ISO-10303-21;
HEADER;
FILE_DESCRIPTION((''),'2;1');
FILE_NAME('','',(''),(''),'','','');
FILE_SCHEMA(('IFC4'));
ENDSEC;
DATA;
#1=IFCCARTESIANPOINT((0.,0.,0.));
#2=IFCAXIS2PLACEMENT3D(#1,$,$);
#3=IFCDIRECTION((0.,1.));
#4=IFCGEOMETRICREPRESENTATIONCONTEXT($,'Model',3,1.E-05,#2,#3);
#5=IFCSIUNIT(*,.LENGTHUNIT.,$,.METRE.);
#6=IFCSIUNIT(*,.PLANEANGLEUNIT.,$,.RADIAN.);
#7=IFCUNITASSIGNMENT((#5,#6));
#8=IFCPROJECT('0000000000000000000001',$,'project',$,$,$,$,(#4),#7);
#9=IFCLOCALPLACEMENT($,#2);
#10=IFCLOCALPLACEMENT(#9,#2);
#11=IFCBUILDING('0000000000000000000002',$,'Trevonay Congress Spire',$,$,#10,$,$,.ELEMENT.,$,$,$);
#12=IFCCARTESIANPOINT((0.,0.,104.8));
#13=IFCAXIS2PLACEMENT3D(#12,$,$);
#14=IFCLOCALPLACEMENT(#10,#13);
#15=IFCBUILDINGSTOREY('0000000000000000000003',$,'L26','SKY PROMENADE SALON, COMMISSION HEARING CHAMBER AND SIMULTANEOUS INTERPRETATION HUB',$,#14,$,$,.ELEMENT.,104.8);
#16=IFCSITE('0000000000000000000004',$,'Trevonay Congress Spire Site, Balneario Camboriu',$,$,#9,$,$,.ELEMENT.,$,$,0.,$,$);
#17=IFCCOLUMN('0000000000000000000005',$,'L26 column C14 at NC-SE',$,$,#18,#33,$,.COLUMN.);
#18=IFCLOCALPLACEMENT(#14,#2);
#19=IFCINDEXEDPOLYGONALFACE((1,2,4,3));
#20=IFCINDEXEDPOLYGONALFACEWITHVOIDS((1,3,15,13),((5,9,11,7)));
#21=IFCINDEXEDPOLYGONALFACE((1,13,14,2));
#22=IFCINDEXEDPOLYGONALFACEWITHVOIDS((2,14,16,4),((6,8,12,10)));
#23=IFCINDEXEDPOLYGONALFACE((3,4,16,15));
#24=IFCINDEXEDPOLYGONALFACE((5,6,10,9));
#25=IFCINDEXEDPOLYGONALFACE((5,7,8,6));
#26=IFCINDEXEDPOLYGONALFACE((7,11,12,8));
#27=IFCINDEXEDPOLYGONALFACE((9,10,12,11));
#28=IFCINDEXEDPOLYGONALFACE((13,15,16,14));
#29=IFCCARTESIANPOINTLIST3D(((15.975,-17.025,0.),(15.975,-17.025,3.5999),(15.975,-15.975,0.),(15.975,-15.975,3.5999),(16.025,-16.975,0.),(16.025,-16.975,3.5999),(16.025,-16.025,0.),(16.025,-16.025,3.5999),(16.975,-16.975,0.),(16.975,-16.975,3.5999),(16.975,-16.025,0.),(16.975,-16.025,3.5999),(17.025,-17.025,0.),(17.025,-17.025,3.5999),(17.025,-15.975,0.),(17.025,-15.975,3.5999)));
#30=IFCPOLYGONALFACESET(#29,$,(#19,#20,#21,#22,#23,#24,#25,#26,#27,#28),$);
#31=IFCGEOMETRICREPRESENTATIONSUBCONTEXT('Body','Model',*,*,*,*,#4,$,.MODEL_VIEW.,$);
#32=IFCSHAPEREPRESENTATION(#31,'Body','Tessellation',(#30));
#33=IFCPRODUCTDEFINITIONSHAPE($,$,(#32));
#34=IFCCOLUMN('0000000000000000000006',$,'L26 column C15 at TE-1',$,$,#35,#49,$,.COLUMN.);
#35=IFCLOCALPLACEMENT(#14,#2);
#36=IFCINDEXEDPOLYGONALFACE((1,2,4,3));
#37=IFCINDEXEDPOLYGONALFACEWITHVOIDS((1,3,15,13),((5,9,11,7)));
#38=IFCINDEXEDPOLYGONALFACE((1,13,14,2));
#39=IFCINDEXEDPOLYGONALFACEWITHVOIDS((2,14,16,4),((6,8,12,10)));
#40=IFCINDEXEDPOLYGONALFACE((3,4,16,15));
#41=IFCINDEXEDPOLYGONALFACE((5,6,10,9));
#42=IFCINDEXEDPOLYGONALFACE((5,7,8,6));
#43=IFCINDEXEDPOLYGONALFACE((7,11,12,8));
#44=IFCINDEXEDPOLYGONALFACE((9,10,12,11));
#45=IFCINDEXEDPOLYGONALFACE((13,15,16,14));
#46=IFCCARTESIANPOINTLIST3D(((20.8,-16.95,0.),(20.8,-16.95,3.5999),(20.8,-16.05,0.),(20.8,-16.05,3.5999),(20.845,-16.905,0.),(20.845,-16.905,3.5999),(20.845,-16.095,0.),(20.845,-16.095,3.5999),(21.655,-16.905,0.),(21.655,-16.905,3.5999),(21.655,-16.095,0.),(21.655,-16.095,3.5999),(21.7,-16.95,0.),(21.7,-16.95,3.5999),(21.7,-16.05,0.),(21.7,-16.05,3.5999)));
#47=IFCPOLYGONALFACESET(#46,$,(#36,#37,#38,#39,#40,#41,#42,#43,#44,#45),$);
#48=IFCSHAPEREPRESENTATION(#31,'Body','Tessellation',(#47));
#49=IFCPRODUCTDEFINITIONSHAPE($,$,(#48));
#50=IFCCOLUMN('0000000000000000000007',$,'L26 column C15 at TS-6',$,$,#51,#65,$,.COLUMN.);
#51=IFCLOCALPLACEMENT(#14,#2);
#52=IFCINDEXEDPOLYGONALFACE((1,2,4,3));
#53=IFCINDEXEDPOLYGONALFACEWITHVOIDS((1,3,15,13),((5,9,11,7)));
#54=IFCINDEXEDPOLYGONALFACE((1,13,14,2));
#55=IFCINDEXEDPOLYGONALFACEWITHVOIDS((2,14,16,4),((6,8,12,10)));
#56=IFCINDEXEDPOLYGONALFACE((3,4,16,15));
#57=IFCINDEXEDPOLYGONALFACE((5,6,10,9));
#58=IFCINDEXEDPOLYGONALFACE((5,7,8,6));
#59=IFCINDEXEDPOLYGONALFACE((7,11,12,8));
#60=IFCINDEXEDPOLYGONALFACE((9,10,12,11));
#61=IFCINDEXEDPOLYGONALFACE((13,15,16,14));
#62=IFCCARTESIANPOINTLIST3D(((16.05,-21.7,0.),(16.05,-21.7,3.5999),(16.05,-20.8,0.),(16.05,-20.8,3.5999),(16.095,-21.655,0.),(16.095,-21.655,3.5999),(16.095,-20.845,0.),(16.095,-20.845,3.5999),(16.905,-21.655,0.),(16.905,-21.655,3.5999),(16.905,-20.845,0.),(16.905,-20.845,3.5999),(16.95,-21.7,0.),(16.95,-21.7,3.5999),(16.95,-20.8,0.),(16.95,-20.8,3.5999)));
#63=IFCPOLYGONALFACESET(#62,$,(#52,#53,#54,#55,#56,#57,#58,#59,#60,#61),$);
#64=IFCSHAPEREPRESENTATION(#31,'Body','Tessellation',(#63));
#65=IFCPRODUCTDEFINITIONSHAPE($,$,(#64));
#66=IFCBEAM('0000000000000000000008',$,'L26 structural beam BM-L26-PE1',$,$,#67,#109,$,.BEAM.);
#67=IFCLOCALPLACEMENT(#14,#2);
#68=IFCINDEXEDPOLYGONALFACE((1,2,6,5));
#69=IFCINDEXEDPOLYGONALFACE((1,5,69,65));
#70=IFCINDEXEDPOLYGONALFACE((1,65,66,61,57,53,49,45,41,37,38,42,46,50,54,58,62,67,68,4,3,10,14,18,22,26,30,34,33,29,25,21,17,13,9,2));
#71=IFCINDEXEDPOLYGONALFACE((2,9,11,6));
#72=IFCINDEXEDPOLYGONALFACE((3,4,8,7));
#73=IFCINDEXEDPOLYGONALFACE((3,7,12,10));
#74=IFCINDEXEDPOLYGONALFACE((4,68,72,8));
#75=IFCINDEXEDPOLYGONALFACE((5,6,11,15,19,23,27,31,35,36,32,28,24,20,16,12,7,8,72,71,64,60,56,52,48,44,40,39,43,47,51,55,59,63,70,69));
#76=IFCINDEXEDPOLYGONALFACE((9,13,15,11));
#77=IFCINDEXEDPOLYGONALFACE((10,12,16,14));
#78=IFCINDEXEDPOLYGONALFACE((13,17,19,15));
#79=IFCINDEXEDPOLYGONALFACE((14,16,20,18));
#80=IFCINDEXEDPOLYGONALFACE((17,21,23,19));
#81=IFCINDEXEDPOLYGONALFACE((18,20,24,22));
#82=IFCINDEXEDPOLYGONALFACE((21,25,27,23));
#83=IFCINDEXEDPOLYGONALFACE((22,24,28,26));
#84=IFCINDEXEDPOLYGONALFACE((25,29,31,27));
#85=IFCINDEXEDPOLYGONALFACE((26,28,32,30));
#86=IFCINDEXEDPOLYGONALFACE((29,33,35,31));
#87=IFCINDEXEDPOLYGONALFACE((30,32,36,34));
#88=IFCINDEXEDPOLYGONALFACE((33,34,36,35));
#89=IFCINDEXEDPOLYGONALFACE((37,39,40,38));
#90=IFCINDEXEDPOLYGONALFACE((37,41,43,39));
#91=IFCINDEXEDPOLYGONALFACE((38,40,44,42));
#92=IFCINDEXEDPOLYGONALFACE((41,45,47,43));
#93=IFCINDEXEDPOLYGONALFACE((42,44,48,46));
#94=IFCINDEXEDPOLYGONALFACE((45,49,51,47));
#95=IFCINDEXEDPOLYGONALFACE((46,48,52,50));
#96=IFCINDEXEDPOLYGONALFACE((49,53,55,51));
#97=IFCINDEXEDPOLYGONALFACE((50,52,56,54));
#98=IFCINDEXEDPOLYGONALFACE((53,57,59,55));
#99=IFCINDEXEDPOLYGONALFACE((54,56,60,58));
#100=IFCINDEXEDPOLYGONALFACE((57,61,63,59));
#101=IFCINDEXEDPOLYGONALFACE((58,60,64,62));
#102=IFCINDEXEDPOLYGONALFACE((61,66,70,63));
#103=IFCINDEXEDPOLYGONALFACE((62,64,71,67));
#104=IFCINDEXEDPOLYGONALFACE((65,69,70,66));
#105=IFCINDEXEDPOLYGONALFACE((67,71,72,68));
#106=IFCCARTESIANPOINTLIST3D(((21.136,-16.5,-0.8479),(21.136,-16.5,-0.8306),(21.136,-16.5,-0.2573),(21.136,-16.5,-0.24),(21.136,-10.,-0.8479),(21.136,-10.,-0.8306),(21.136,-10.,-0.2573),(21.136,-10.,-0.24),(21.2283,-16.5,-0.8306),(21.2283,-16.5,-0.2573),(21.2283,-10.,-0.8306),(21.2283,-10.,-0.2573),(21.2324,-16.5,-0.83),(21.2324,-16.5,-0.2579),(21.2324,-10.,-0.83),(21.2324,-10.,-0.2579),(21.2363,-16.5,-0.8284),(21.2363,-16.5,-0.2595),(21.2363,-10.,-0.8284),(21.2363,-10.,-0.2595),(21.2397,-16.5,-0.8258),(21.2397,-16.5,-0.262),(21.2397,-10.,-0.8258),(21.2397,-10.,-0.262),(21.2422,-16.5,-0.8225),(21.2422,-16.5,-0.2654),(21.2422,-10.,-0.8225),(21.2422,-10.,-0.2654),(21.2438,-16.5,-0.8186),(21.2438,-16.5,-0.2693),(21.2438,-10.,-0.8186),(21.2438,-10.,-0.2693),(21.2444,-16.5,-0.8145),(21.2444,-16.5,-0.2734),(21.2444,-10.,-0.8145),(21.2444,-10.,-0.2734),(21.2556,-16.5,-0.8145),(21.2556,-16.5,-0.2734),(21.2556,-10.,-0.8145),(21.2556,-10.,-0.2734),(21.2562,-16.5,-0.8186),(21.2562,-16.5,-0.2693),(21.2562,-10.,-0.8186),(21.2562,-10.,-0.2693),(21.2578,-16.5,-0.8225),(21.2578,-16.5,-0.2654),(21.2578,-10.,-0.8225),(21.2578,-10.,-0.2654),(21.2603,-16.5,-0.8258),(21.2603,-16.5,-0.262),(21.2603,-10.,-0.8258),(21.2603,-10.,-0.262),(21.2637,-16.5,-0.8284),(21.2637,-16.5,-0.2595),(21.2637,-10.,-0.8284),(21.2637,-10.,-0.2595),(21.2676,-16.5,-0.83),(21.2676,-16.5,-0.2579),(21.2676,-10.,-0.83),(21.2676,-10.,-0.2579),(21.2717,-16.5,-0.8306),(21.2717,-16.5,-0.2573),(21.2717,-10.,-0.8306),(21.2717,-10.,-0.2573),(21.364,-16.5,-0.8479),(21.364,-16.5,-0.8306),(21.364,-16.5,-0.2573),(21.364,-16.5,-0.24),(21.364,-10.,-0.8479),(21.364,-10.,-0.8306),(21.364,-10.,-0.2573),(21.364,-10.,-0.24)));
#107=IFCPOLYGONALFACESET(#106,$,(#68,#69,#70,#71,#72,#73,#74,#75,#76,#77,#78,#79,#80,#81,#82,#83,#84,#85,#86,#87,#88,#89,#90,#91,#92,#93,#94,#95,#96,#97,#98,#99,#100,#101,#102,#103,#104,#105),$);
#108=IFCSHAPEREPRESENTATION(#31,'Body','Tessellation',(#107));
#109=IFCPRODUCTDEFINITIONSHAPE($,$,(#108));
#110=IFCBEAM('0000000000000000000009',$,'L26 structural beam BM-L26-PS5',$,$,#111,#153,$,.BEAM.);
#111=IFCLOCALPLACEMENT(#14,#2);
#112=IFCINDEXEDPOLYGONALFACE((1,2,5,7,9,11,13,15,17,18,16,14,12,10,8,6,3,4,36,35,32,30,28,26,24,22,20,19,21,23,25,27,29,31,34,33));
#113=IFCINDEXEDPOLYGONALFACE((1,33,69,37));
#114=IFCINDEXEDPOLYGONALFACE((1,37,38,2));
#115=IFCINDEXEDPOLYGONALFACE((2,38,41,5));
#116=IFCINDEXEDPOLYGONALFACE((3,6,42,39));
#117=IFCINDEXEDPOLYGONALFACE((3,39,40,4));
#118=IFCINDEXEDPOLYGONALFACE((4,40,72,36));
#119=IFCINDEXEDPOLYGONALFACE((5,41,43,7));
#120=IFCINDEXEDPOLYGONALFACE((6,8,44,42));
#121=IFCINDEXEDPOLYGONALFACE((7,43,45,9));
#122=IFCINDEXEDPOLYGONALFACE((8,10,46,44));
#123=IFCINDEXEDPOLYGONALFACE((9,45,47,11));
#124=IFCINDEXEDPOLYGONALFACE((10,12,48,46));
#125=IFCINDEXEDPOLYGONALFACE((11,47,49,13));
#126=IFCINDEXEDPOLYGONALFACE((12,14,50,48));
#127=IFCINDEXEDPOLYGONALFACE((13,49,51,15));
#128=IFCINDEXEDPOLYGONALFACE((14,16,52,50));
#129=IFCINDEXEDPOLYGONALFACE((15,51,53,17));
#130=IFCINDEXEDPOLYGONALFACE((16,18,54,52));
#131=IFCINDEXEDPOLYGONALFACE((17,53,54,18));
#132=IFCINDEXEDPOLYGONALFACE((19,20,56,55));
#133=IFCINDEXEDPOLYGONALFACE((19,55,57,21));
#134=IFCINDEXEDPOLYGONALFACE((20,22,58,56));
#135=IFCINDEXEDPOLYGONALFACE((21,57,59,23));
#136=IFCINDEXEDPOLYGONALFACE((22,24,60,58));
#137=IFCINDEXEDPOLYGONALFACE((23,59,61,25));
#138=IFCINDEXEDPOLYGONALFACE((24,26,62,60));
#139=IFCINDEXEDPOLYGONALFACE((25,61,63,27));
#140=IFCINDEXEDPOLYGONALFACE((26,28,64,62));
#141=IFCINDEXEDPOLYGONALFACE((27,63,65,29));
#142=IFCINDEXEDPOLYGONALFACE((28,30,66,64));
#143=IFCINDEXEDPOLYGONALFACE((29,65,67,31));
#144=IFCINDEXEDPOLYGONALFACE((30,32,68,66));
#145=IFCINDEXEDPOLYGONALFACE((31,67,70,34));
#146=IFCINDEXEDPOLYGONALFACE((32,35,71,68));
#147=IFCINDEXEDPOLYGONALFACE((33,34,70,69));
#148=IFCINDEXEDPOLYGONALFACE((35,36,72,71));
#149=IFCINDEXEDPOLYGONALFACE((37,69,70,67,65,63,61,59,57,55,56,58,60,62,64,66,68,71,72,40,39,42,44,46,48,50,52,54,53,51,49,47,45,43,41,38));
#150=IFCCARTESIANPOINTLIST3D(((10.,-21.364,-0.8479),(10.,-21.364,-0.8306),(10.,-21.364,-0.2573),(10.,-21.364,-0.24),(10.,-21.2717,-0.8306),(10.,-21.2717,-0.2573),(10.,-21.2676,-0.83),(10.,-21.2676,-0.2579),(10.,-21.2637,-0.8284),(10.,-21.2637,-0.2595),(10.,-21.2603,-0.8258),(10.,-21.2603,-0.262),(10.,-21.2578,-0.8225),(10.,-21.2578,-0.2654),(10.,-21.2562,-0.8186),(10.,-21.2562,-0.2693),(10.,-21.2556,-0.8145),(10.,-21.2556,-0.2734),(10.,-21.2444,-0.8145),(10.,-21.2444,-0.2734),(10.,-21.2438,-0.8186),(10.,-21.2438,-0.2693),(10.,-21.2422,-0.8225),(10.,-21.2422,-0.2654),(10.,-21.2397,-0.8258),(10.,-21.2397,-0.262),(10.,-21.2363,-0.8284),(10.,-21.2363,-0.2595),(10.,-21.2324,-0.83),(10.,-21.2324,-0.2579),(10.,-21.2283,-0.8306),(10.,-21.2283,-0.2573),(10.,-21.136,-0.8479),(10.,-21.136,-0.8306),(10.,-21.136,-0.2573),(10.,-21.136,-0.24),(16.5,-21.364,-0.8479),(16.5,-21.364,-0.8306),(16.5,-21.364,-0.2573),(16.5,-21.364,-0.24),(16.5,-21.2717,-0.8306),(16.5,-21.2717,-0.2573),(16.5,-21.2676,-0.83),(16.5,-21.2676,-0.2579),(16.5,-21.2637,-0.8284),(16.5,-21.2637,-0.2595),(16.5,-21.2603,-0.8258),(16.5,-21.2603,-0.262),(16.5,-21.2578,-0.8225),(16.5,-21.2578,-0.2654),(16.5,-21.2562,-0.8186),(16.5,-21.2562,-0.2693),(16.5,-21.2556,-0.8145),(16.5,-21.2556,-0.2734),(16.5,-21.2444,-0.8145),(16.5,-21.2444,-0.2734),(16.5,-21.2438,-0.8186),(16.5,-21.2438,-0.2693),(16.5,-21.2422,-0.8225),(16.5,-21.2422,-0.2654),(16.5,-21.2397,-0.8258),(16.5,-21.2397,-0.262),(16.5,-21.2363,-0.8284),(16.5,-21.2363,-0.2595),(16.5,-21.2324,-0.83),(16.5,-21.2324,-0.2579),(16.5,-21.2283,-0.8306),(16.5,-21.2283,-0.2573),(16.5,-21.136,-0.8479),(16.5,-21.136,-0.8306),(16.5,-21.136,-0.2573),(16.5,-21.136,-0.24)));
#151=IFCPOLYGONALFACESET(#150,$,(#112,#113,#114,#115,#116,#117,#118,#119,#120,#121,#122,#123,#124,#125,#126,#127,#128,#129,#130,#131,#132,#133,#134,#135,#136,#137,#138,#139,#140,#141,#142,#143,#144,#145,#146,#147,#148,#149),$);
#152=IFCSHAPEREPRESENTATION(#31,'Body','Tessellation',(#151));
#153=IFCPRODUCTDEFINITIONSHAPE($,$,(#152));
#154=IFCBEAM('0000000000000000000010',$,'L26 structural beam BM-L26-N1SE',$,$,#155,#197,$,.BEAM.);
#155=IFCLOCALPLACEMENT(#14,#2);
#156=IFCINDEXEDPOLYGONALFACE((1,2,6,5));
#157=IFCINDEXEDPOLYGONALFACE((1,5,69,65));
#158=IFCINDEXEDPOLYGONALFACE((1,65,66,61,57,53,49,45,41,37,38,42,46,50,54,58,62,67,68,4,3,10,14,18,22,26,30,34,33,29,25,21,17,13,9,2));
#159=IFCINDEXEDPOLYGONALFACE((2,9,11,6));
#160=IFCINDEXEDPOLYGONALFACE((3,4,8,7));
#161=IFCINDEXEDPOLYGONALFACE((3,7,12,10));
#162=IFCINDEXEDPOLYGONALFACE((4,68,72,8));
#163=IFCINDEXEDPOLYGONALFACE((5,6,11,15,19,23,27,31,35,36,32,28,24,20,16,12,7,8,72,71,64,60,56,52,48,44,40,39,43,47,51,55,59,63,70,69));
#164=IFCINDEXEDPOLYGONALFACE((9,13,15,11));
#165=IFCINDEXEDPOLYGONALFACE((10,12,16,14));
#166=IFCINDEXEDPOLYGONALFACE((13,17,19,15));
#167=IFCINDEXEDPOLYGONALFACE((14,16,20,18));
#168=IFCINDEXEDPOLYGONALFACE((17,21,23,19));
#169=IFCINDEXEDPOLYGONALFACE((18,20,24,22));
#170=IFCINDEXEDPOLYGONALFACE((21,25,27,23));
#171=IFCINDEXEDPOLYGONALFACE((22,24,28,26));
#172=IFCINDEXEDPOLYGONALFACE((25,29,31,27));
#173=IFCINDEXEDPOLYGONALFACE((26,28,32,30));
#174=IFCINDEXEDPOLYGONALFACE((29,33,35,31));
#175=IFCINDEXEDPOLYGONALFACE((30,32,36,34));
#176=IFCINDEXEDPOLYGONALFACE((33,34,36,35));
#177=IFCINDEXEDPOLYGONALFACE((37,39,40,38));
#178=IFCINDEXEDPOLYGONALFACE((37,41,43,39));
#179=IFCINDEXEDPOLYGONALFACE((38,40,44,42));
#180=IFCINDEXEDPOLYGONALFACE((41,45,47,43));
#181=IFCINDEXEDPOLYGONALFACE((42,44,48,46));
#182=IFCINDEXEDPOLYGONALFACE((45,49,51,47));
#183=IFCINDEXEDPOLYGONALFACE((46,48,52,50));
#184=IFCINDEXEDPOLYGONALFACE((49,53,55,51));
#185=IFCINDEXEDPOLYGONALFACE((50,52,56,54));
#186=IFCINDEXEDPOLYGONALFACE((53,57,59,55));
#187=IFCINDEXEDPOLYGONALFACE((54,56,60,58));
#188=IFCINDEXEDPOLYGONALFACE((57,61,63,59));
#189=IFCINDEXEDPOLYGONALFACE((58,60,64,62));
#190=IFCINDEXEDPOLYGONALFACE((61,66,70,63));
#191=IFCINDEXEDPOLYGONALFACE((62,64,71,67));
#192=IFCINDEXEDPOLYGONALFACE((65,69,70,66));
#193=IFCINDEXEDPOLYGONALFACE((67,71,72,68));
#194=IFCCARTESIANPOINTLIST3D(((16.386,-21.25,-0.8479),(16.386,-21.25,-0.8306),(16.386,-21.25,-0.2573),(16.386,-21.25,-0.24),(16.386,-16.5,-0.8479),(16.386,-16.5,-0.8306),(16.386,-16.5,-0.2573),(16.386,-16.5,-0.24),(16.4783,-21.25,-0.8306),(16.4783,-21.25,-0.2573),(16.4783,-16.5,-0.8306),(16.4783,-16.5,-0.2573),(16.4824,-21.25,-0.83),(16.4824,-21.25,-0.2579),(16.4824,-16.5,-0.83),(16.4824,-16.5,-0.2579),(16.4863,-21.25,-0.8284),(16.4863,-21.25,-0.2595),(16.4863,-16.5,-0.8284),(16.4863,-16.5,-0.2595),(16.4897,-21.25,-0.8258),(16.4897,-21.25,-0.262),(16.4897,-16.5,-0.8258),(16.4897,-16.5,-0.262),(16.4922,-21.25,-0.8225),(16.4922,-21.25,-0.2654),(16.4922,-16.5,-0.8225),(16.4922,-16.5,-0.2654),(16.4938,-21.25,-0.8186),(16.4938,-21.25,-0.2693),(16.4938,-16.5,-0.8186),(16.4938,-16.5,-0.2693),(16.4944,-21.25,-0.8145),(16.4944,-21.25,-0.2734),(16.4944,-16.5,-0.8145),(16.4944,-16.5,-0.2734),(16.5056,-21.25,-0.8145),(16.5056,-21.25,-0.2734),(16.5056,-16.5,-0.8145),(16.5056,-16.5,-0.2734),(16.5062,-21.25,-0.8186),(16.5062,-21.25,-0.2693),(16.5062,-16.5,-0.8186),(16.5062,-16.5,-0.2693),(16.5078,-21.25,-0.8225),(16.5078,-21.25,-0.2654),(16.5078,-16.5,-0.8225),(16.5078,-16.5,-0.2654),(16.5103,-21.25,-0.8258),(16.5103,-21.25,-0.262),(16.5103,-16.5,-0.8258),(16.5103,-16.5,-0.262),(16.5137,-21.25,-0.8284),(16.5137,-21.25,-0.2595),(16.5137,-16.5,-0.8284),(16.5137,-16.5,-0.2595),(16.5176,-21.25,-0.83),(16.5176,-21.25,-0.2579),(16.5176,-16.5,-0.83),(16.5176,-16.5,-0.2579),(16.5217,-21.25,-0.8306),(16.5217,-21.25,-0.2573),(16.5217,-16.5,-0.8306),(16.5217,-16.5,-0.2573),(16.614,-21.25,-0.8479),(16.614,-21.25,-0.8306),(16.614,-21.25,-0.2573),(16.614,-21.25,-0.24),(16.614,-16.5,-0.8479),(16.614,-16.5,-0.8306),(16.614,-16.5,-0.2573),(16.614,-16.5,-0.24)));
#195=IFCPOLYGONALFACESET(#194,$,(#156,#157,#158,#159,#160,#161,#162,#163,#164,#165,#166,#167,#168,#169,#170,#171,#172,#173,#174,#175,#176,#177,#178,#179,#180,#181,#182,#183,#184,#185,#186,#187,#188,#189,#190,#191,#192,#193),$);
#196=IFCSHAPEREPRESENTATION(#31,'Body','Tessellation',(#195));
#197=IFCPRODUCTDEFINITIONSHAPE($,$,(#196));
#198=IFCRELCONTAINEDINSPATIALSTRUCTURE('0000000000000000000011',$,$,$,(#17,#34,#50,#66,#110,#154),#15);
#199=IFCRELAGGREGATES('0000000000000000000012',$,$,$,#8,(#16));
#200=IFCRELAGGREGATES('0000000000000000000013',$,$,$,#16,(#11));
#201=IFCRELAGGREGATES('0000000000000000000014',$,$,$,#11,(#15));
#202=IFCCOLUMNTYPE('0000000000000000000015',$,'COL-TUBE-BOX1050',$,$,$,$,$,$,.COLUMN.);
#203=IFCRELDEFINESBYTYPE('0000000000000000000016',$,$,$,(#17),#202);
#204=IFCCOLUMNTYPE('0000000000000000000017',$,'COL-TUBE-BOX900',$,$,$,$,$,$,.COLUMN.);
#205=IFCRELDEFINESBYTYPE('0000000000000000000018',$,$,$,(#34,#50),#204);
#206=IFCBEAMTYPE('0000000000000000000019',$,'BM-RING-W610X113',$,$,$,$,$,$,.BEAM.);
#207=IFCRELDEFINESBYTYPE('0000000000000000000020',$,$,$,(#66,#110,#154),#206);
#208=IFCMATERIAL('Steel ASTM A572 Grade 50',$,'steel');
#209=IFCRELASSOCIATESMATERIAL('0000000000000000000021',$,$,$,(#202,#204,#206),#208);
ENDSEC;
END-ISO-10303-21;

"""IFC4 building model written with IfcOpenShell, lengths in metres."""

from ifc_helpers import new_model, si_unit, direction, frame, origin, origin_2d, place, context, subcontext, project, spatial, hollow_rectangle, i_section, extrude, material, material_profile, profile_set, type_object, element, save


model = new_model("IFC4")

# Units and contexts
model_context = context("Model", 3, precision=1e-05, world=origin(), true_north=direction((0.0, 1.0)))
body_context = subcontext(model_context, "Body", "Model", "MODEL_VIEW")
ifc_project = project(units=[si_unit("LENGTHUNIT", "METRE"), si_unit("PLANEANGLEUNIT", "RADIAN")], contexts=[model_context])

# Site, building, storey
site_placement = place(None, origin())
site = spatial("IfcSite", under=ifc_project, at=site_placement, Name="Trevonay Congress Spire Site, Balneario Camboriu", CompositionType="ELEMENT", RefElevation=0.0)
building_placement = place(site_placement, origin())
building = spatial("IfcBuilding", under=site, at=building_placement, Name="Trevonay Congress Spire", CompositionType="ELEMENT")
storey_placement = place(building_placement, frame((0.0, 0.0, 104.8)))
storey = spatial("IfcBuildingStorey", under=building, at=storey_placement, Name="L26", Description="SKY PROMENADE SALON, COMMISSION HEARING CHAMBER AND SIMULTANEOUS INTERPRETATION HUB", CompositionType="ELEMENT", Elevation=104.8)

# Columns
ifc_material_1 = material(Name="Steel ASTM A572 Grade 50", Category="steel")
ifc_material_profile_1 = material_profile(ifc_material_1, hollow_rectangle(XDim=1.05, YDim=1.05, WallThickness=0.05, at=origin_2d()), Name="BOX 1050x1050x50")
ifc_profile_set_1 = profile_set([ifc_material_profile_1], Name="Steel ASTM A572 Grade 50")
column_type_1 = type_object("IfcColumnType", Name="COL-TUBE-BOX1050", PredefinedType="COLUMN", material=ifc_profile_set_1)
column_placement = place(storey_placement, frame((16.5, -16.5, 0.0), z_axis=(0.0, 0.0, 1.0), x_axis=(1.0, 0.0, 0.0)))
element("IfcColumn", 1, at=column_placement, inside=storey, type_object=column_type_1, Name="L26 column C14 at NC-SE", PredefinedType="COLUMN", context=body_context, shape_type="SweptSolid", body=[
    extrude(hollow_rectangle(XDim=1.05, YDim=1.05, WallThickness=0.05, at=origin_2d()), origin(), (0.0, 0.0, 1.0), 3.5999),
])
ifc_material_profile_2 = material_profile(ifc_material_1, hollow_rectangle(XDim=0.8999, YDim=0.8999, WallThickness=0.0449, at=origin_2d()), Name="BOX 900x900x45")
ifc_profile_set_2 = profile_set([ifc_material_profile_2], Name="Steel ASTM A572 Grade 50")
column_type_2 = type_object("IfcColumnType", Name="COL-TUBE-BOX900", PredefinedType="COLUMN", material=ifc_profile_set_2)
for number, where, z_axis, x_axis, name in (
    (2, (21.25, -16.5, 0.0), (0.0, 0.0, 1.0), (1.0, 0.0, 0.0), "L26 column C15 at TE-1"),
    (3, (16.5, -21.25, 0.0), (0.0, 0.0, 1.0), (1.0, 0.0, 0.0), "L26 column C15 at TS-6"),
):
    element("IfcColumn", number, at=place(storey_placement, frame(where, z_axis=z_axis, x_axis=x_axis)), inside=storey, type_object=column_type_2, Name=name, PredefinedType="COLUMN", context=body_context, shape_type="SweptSolid", body=[
        extrude(hollow_rectangle(XDim=0.8999, YDim=0.8999, WallThickness=0.0449, at=origin_2d()), origin(), (0.0, 0.0, 1.0), 3.5999),
    ])

# Beams
ifc_material_profile_3 = material_profile(ifc_material_1, i_section(OverallWidth=0.228, OverallDepth=0.6079, WebThickness=0.0112, FlangeThickness=0.0173, FilletRadius=0.0161, at=origin_2d()), Name="W610x113")
ifc_profile_set_3 = profile_set([ifc_material_profile_3], Name="Steel ASTM A572 Grade 50")
beam_type_1 = type_object("IfcBeamType", Name="BM-RING-W610X113", PredefinedType="BEAM", material=ifc_profile_set_3)
for number, where, z_axis, x_axis, name in (
    (4, (21.25, -16.5, -0.5439), (0.0, 1.0, 0.0), (-1.0, 0.0, 0.0), "L26 structural beam BM-L26-PE1"),
    (5, (10.0, -21.25, -0.5439), (1.0, 0.0, 0.0), (0.0, 1.0, 0.0), "L26 structural beam BM-L26-PS5"),
):
    element("IfcBeam", number, at=place(storey_placement, frame(where, z_axis=z_axis, x_axis=x_axis)), inside=storey, type_object=beam_type_1, Name=name, PredefinedType="BEAM", context=body_context, shape_type="SweptSolid", body=[
        extrude(i_section(OverallWidth=0.228, OverallDepth=0.6079, WebThickness=0.0112, FlangeThickness=0.0173, FilletRadius=0.0161, at=origin_2d()), origin(), (0.0, 0.0, 1.0), 6.5),
    ])
for number, where, z_axis, x_axis, name in (
    (6, (16.5, -21.25, -0.5439), (0.0, 1.0, 0.0), (-1.0, 0.0, 0.0), "L26 structural beam BM-L26-N1SE"),
):
    element("IfcBeam", number, at=place(storey_placement, frame(where, z_axis=z_axis, x_axis=x_axis)), inside=storey, type_object=beam_type_1, Name=name, PredefinedType="BEAM", context=body_context, shape_type="SweptSolid", body=[
        extrude(i_section(OverallWidth=0.228, OverallDepth=0.6079, WebThickness=0.0112, FlangeThickness=0.0173, FilletRadius=0.0161, at=origin_2d()), origin(), (0.0, 0.0, 1.0), 4.75),
    ])

save(model, "model.ifc")
